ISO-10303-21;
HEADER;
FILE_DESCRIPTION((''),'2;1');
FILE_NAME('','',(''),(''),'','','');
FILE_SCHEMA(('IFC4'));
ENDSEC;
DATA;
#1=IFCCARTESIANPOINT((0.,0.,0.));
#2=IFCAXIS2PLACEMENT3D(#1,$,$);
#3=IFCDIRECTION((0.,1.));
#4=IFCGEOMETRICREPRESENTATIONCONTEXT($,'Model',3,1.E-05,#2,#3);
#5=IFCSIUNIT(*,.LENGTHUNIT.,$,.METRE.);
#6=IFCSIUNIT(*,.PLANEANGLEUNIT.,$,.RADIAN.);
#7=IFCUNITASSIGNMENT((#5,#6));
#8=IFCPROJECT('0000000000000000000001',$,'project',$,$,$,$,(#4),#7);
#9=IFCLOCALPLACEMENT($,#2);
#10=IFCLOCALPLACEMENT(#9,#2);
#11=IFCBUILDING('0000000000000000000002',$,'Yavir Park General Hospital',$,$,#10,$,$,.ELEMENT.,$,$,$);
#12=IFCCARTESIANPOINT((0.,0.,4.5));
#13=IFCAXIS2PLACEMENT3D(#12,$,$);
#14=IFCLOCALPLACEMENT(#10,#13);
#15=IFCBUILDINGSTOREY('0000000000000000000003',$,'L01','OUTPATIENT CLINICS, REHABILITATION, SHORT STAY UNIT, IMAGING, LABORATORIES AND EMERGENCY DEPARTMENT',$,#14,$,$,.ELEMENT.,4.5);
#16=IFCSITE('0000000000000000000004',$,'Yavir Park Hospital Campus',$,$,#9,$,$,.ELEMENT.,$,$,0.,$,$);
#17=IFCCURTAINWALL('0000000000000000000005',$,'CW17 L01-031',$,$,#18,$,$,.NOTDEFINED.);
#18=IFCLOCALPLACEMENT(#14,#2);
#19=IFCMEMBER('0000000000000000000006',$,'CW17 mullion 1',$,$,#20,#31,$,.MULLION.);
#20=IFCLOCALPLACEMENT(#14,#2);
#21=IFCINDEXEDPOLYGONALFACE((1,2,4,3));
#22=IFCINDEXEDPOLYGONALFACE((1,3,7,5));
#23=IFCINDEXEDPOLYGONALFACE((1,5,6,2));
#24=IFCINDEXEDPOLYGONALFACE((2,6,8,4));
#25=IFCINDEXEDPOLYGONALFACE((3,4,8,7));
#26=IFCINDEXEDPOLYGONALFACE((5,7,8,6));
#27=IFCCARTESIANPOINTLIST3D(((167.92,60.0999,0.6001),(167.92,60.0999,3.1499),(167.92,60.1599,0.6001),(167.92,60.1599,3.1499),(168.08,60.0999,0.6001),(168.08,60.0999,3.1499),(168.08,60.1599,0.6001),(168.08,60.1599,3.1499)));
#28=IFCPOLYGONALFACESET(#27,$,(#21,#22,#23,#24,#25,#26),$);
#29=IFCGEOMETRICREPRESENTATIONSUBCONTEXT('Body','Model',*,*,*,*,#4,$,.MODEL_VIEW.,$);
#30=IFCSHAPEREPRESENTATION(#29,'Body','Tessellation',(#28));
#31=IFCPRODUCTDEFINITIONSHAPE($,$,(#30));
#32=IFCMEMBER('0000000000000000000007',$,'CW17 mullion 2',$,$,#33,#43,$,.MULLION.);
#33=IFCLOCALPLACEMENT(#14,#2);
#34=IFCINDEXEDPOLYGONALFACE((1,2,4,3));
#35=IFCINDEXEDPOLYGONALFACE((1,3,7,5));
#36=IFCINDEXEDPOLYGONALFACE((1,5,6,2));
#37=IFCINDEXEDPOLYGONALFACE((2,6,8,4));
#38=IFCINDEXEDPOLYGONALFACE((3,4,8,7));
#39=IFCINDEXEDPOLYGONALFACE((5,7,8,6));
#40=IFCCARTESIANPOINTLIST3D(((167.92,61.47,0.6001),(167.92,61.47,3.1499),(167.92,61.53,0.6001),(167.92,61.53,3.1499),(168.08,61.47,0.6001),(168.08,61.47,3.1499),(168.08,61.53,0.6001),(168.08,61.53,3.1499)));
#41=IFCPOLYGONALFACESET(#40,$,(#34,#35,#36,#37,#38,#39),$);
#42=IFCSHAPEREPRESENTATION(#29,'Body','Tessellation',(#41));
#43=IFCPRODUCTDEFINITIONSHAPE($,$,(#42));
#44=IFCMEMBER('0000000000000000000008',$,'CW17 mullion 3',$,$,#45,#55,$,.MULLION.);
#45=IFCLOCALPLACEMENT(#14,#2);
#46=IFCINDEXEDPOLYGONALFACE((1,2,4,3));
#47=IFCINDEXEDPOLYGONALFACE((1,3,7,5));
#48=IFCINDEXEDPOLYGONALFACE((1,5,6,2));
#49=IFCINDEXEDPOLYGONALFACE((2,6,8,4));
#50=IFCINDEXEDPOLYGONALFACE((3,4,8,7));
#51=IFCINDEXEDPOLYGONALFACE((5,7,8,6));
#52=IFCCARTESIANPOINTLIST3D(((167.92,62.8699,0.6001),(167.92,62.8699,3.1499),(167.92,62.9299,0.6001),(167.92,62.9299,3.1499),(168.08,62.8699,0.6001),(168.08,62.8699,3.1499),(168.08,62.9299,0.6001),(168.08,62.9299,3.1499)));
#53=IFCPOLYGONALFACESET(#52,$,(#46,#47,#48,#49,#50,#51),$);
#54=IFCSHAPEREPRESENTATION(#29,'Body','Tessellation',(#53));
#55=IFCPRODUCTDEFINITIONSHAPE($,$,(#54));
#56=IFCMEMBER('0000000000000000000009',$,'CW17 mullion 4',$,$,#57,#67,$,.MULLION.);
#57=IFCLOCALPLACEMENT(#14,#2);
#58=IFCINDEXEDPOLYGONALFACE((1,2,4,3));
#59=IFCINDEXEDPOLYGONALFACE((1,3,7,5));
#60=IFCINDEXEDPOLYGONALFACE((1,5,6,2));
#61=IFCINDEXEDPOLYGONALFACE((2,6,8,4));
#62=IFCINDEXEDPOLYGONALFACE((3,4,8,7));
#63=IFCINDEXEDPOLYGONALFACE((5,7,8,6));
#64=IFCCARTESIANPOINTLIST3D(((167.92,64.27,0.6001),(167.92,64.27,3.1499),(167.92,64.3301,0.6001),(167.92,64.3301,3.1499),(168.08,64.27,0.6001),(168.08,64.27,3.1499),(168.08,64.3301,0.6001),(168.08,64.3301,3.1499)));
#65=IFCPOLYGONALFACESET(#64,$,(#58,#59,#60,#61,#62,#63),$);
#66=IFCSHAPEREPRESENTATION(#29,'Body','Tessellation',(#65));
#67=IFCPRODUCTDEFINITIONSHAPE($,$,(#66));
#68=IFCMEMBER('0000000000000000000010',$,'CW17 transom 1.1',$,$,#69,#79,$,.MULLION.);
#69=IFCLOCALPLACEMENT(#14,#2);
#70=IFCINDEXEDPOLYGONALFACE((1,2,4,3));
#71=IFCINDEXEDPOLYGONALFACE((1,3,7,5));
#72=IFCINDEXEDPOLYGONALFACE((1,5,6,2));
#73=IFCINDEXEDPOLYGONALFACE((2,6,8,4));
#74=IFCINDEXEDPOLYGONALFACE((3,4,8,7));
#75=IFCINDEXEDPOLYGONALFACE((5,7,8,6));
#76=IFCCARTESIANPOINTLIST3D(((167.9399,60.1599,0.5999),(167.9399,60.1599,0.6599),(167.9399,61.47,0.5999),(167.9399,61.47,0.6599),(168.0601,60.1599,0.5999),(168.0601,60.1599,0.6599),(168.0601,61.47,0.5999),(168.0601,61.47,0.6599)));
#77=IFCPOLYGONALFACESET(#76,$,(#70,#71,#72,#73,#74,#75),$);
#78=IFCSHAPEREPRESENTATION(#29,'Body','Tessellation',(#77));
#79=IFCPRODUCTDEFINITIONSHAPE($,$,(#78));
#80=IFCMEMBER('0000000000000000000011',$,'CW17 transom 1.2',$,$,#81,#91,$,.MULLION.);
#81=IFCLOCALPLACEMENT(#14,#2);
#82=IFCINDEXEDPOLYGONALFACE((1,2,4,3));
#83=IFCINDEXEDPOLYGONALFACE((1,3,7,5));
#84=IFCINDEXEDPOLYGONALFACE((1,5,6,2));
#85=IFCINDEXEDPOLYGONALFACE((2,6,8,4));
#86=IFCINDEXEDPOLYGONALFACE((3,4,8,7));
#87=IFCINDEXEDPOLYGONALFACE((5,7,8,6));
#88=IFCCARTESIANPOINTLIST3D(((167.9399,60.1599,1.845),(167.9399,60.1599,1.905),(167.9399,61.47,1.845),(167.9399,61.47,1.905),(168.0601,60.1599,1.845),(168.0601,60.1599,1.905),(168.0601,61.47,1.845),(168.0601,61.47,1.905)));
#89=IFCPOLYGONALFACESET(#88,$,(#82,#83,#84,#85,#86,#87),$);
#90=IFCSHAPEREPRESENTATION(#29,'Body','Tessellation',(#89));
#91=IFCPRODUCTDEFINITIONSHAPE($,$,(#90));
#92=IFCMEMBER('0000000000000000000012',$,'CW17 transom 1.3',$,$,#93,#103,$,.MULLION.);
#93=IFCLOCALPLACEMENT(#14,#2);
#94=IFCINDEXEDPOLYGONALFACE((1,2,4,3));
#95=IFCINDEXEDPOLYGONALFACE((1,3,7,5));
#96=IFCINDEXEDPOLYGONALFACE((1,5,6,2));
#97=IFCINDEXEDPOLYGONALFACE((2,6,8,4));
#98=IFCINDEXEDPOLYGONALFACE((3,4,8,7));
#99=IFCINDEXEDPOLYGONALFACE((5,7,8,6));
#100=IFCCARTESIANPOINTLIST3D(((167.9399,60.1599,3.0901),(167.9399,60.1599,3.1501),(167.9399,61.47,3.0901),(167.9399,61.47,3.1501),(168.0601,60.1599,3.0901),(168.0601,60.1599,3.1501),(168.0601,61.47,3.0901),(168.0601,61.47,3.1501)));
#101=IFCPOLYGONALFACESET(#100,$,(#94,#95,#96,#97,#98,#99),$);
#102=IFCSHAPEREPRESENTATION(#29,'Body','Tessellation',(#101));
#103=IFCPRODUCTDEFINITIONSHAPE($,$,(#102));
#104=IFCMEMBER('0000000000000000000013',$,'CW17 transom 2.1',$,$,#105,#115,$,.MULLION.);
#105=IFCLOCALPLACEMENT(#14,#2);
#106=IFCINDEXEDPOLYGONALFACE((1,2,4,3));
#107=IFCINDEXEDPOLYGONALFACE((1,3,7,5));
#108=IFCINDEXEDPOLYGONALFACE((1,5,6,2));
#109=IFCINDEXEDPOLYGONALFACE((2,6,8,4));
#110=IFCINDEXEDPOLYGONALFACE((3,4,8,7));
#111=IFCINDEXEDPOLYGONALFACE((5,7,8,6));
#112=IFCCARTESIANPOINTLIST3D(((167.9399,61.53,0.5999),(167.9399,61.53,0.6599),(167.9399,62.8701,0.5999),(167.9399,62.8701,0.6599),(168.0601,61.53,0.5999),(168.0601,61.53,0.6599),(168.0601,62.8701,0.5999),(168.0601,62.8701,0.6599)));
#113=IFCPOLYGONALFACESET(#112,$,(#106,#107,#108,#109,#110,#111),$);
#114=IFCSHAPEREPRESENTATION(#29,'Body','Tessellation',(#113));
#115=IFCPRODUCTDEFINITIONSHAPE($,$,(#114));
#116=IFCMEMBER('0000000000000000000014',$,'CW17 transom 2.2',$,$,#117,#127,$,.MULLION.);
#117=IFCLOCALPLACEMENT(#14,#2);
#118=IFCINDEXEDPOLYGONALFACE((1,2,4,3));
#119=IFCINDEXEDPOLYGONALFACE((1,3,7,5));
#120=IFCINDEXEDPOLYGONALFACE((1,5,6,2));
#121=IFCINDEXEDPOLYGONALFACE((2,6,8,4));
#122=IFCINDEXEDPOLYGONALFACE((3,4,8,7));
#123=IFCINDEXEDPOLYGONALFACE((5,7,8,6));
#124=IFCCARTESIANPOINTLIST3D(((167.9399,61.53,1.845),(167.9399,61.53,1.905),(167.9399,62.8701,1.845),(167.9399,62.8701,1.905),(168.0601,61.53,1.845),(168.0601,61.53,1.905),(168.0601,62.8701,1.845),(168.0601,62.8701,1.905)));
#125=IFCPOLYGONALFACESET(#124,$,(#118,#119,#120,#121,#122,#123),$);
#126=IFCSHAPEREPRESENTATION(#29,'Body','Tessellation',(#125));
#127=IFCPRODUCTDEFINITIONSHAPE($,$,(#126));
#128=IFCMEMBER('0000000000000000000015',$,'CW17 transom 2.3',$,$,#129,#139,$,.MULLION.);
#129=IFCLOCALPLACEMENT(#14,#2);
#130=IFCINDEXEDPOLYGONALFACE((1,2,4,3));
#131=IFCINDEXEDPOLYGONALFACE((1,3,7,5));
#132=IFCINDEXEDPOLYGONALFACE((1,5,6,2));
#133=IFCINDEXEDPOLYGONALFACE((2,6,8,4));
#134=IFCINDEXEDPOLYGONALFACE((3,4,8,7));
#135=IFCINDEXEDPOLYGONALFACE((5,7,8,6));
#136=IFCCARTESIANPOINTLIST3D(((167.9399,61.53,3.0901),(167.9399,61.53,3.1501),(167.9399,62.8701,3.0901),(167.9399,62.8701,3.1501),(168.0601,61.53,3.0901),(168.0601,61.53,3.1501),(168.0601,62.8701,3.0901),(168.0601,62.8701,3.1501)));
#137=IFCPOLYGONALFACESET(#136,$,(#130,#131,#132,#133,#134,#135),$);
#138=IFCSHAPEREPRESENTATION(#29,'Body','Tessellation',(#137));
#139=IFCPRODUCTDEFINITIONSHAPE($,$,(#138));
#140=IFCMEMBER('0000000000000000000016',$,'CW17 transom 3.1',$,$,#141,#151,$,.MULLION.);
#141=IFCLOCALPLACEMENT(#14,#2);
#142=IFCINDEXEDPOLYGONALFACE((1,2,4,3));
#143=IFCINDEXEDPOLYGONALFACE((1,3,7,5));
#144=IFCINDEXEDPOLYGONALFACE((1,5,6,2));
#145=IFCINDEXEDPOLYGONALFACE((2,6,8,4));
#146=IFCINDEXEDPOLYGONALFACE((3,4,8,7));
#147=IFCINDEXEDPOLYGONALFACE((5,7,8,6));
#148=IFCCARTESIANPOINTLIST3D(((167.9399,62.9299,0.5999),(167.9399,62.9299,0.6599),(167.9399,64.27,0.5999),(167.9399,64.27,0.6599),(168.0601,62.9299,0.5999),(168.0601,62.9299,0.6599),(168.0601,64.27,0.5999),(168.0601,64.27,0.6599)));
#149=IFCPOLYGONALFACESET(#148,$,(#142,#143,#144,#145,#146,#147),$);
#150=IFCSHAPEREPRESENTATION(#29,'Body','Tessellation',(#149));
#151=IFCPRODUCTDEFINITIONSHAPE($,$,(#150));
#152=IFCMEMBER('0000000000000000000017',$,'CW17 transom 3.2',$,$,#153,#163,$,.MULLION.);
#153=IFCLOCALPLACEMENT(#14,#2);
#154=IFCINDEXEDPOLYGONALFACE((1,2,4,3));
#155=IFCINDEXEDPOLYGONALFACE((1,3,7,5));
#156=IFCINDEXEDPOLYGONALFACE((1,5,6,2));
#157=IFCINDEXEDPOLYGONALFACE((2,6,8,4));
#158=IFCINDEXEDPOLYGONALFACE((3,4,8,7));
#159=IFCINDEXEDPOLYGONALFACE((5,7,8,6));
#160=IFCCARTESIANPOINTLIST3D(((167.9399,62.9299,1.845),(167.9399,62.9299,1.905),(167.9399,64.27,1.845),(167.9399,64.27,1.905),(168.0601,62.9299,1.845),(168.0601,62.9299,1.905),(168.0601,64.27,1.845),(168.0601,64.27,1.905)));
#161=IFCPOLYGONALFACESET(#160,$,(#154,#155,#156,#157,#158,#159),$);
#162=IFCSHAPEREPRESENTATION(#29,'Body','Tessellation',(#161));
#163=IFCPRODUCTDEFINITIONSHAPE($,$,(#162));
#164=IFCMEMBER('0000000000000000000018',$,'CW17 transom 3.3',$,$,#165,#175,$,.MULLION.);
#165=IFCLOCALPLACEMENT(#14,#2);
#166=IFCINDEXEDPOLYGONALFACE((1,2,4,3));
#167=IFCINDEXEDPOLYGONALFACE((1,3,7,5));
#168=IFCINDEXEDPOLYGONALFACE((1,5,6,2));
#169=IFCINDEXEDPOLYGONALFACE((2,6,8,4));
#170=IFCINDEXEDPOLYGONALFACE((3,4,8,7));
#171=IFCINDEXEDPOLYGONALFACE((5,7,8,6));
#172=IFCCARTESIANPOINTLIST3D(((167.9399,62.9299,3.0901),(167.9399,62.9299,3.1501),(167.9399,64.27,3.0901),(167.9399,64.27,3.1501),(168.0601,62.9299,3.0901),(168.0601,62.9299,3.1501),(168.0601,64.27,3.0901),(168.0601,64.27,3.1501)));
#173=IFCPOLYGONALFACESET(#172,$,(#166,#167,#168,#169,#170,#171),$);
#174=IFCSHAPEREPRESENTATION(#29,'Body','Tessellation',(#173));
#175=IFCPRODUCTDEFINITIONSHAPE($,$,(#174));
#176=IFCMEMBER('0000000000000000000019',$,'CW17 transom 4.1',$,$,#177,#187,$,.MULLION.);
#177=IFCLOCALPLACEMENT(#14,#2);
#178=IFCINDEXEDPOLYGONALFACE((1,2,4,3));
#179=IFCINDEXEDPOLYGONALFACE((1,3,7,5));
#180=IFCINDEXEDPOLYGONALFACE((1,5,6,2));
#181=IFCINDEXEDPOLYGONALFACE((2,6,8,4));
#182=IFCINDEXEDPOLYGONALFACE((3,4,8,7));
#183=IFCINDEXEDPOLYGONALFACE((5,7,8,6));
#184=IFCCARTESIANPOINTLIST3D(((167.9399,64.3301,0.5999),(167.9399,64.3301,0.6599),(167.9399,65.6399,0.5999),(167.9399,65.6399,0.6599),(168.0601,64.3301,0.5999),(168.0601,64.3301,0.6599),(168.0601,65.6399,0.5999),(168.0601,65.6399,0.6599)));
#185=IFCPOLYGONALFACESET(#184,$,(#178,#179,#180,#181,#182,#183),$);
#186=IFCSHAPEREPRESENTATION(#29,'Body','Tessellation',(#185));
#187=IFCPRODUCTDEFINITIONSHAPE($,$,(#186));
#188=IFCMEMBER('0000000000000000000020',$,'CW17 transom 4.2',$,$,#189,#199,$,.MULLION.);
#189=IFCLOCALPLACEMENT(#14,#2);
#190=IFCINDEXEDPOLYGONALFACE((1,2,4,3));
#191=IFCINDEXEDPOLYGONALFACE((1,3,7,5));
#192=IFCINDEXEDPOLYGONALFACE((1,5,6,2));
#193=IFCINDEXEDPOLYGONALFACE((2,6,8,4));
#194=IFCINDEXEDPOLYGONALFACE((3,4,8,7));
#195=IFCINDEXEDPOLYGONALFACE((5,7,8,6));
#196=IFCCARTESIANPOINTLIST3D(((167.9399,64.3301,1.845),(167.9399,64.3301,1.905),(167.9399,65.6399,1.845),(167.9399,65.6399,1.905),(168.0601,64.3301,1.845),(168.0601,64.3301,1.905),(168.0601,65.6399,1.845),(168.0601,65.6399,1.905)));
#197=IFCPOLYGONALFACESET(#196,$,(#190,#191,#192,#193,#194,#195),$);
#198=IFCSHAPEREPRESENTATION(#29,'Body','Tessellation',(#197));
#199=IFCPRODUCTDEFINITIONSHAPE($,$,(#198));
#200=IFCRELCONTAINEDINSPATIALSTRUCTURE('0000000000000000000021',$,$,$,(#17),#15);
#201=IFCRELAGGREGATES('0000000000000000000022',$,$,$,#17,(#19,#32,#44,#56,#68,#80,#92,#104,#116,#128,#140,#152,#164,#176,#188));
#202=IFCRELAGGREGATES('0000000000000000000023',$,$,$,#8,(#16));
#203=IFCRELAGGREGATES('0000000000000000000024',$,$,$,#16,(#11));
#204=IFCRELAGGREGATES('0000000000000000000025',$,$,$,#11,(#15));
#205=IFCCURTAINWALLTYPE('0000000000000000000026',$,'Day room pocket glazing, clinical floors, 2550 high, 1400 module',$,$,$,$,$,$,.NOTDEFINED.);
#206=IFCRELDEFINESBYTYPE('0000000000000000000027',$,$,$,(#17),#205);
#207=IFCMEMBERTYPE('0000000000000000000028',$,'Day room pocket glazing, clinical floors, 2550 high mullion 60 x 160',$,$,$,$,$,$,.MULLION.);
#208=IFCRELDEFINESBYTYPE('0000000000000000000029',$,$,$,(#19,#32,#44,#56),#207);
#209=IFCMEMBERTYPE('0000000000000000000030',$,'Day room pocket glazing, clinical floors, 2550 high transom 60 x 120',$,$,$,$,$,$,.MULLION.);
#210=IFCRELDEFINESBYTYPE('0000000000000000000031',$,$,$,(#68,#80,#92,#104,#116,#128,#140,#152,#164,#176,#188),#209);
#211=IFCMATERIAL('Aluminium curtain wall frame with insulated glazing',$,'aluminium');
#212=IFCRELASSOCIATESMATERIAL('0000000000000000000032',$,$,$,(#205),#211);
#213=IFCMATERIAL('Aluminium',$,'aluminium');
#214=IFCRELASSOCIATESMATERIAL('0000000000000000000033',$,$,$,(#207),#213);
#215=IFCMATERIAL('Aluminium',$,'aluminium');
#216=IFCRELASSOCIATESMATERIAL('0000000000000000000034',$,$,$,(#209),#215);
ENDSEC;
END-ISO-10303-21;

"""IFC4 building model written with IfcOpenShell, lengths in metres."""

from ifc_helpers import new_model, si_unit, direction, frame, origin, origin_2d, place, context, subcontext, project, spatial, rectangle, extrude, material, material_profile, profile_set, type_object, element, aggregate, save


model = new_model("IFC4")

# Units and contexts
model_context = context("Model", 3, precision=1e-05, world=origin(), true_north=direction((0.0, 1.0)))
body_context = subcontext(model_context, "Body", "Model", "MODEL_VIEW")
ifc_project = project(units=[si_unit("LENGTHUNIT", "METRE"), si_unit("PLANEANGLEUNIT", "RADIAN")], contexts=[model_context])

# Site, building, storey
site_placement = place(None, origin())
site = spatial("IfcSite", under=ifc_project, at=site_placement, Name="Yavir Park Hospital Campus", CompositionType="ELEMENT", RefElevation=0.0)
building_placement = place(site_placement, origin())
building = spatial("IfcBuilding", under=site, at=building_placement, Name="Yavir Park General Hospital", CompositionType="ELEMENT")
storey_placement = place(building_placement, frame((0.0, 0.0, 4.5)))
storey = spatial("IfcBuildingStorey", under=building, at=storey_placement, Name="L01", Description="OUTPATIENT CLINICS, REHABILITATION, SHORT STAY UNIT, IMAGING, LABORATORIES AND EMERGENCY DEPARTMENT", CompositionType="ELEMENT", Elevation=4.5)

# Curtain wall, members
ifc_material_1 = material(Name="Aluminium curtain wall frame with insulated glazing", Category="aluminium")
curtain_wall_type = type_object("IfcCurtainWallType", Name="Day room pocket glazing, clinical floors, 2550 high, 1400 module", PredefinedType="NOTDEFINED", material=ifc_material_1)
curtain_wall_placement = place(storey_placement, origin())
curtain_wall = element("IfcCurtainWall", 1, at=curtain_wall_placement, inside=storey, type_object=curtain_wall_type, Name="CW17 L01-031", PredefinedType="NOTDEFINED")
ifc_material_2 = material(Name="Aluminium", Category="aluminium")
ifc_material_profile_1 = material_profile(ifc_material_2, rectangle(XDim=0.1599, YDim=0.0601, at=origin_2d()), Name="AL 60x160")
ifc_profile_set_1 = profile_set([ifc_material_profile_1], Name="Aluminium")
member_type_1 = type_object("IfcMemberType", Name="Day room pocket glazing, clinical floors, 2550 high mullion 60 x 160", PredefinedType="MULLION", material=ifc_profile_set_1)
member_1_placement = place(storey_placement, frame((168.0, 60.1299, 0.6001), z_axis=(0.0, 0.0, 1.0), x_axis=(-1.0, 0.0, 0.0)))
member_1 = element("IfcMember", 2, at=member_1_placement, type_object=member_type_1, Name="CW17 mullion 1", PredefinedType="MULLION", context=body_context, shape_type="SweptSolid", body=[
    extrude(rectangle(XDim=0.1599, YDim=0.0601, at=origin_2d()), origin(), (0.0, 0.0, 1.0), 2.5498),
])
member_2_placement = place(storey_placement, frame((168.0, 61.5, 0.6001), z_axis=(0.0, 0.0, 1.0), x_axis=(-1.0, 0.0, 0.0)))
member_2 = element("IfcMember", 3, at=member_2_placement, type_object=member_type_1, Name="CW17 mullion 2", PredefinedType="MULLION", context=body_context, shape_type="SweptSolid", body=[
    extrude(rectangle(XDim=0.1599, YDim=0.0601, at=origin_2d()), origin(), (0.0, 0.0, 1.0), 2.5498),
])
member_3_placement = place(storey_placement, frame((168.0, 62.8999, 0.6001), z_axis=(0.0, 0.0, 1.0), x_axis=(-1.0, 0.0, 0.0)))
member_3 = element("IfcMember", 4, at=member_3_placement, type_object=member_type_1, Name="CW17 mullion 3", PredefinedType="MULLION", context=body_context, shape_type="SweptSolid", body=[
    extrude(rectangle(XDim=0.1599, YDim=0.0601, at=origin_2d()), origin(), (0.0, 0.0, 1.0), 2.5498),
])
member_4_placement = place(storey_placement, frame((168.0, 64.3, 0.6001), z_axis=(0.0, 0.0, 1.0), x_axis=(-1.0, 0.0, 0.0)))
member_4 = element("IfcMember", 5, at=member_4_placement, type_object=member_type_1, Name="CW17 mullion 4", PredefinedType="MULLION", context=body_context, shape_type="SweptSolid", body=[
    extrude(rectangle(XDim=0.1599, YDim=0.0601, at=origin_2d()), origin(), (0.0, 0.0, 1.0), 2.5498),
])
ifc_material_3 = material(Name="Aluminium", Category="aluminium")
ifc_material_profile_2 = material_profile(ifc_material_3, rectangle(XDim=0.1201, YDim=0.0601, at=origin_2d()), Name="AL 120x60")
ifc_profile_set_2 = profile_set([ifc_material_profile_2], Name="Aluminium")
member_type_2 = type_object("IfcMemberType", Name="Day room pocket glazing, clinical floors, 2550 high transom 60 x 120", PredefinedType="MULLION", material=ifc_profile_set_2)
member_5_placement = place(storey_placement, frame((168.0, 60.1599, 0.6299), z_axis=(0.0, 1.0, 0.0), x_axis=(-1.0, 0.0, 0.0)))
member_5 = element("IfcMember", 6, at=member_5_placement, type_object=member_type_2, Name="CW17 transom 1.1", PredefinedType="MULLION", context=body_context, shape_type="SweptSolid", body=[
    extrude(rectangle(XDim=0.1201, YDim=0.0601, at=origin_2d()), origin(), (0.0, 0.0, 1.0), 1.3101),
])
member_6_placement = place(storey_placement, frame((168.0, 60.1599, 1.875), z_axis=(0.0, 1.0, 0.0), x_axis=(-1.0, 0.0, 0.0)))
member_6 = element("IfcMember", 7, at=member_6_placement, type_object=member_type_2, Name="CW17 transom 1.2", PredefinedType="MULLION", context=body_context, shape_type="SweptSolid", body=[
    extrude(rectangle(XDim=0.1201, YDim=0.0601, at=origin_2d()), origin(), (0.0, 0.0, 1.0), 1.3101),
])
member_7_placement = place(storey_placement, frame((168.0, 60.1599, 3.1201), z_axis=(0.0, 1.0, 0.0), x_axis=(-1.0, 0.0, 0.0)))
member_7 = element("IfcMember", 8, at=member_7_placement, type_object=member_type_2, Name="CW17 transom 1.3", PredefinedType="MULLION", context=body_context, shape_type="SweptSolid", body=[
    extrude(rectangle(XDim=0.1201, YDim=0.0601, at=origin_2d()), origin(), (0.0, 0.0, 1.0), 1.3101),
])
member_8_placement = place(storey_placement, frame((168.0, 61.53, 0.6299), z_axis=(0.0, 1.0, 0.0), x_axis=(-1.0, 0.0, 0.0)))
member_8 = element("IfcMember", 9, at=member_8_placement, type_object=member_type_2, Name="CW17 transom 2.1", PredefinedType="MULLION", context=body_context, shape_type="SweptSolid", body=[
    extrude(rectangle(XDim=0.1201, YDim=0.0601, at=origin_2d()), origin(), (0.0, 0.0, 1.0), 1.3401),
])
member_9_placement = place(storey_placement, frame((168.0, 61.53, 1.875), z_axis=(0.0, 1.0, 0.0), x_axis=(-1.0, 0.0, 0.0)))
member_9 = element("IfcMember", 10, at=member_9_placement, type_object=member_type_2, Name="CW17 transom 2.2", PredefinedType="MULLION", context=body_context, shape_type="SweptSolid", body=[
    extrude(rectangle(XDim=0.1201, YDim=0.0601, at=origin_2d()), origin(), (0.0, 0.0, 1.0), 1.3401),
])
member_10_placement = place(storey_placement, frame((168.0, 61.53, 3.1201), z_axis=(0.0, 1.0, 0.0), x_axis=(-1.0, 0.0, 0.0)))
member_10 = element("IfcMember", 11, at=member_10_placement, type_object=member_type_2, Name="CW17 transom 2.3", PredefinedType="MULLION", context=body_context, shape_type="SweptSolid", body=[
    extrude(rectangle(XDim=0.1201, YDim=0.0601, at=origin_2d()), origin(), (0.0, 0.0, 1.0), 1.3401),
])
member_11_placement = place(storey_placement, frame((168.0, 62.9299, 0.6299), z_axis=(0.0, 1.0, 0.0), x_axis=(-1.0, 0.0, 0.0)))
member_11 = element("IfcMember", 12, at=member_11_placement, type_object=member_type_2, Name="CW17 transom 3.1", PredefinedType="MULLION", context=body_context, shape_type="SweptSolid", body=[
    extrude(rectangle(XDim=0.1201, YDim=0.0601, at=origin_2d()), origin(), (0.0, 0.0, 1.0), 1.3401),
])
member_12_placement = place(storey_placement, frame((168.0, 62.9299, 1.875), z_axis=(0.0, 1.0, 0.0), x_axis=(-1.0, 0.0, 0.0)))
member_12 = element("IfcMember", 13, at=member_12_placement, type_object=member_type_2, Name="CW17 transom 3.2", PredefinedType="MULLION", context=body_context, shape_type="SweptSolid", body=[
    extrude(rectangle(XDim=0.1201, YDim=0.0601, at=origin_2d()), origin(), (0.0, 0.0, 1.0), 1.3401),
])
member_13_placement = place(storey_placement, frame((168.0, 62.9299, 3.1201), z_axis=(0.0, 1.0, 0.0), x_axis=(-1.0, 0.0, 0.0)))
member_13 = element("IfcMember", 14, at=member_13_placement, type_object=member_type_2, Name="CW17 transom 3.3", PredefinedType="MULLION", context=body_context, shape_type="SweptSolid", body=[
    extrude(rectangle(XDim=0.1201, YDim=0.0601, at=origin_2d()), origin(), (0.0, 0.0, 1.0), 1.3401),
])
member_14_placement = place(storey_placement, frame((168.0, 64.3301, 0.6299), z_axis=(0.0, 1.0, 0.0), x_axis=(-1.0, 0.0, 0.0)))
member_14 = element("IfcMember", 15, at=member_14_placement, type_object=member_type_2, Name="CW17 transom 4.1", PredefinedType="MULLION", context=body_context, shape_type="SweptSolid", body=[
    extrude(rectangle(XDim=0.1201, YDim=0.0601, at=origin_2d()), origin(), (0.0, 0.0, 1.0), 1.3098),
])
member_15_placement = place(storey_placement, frame((168.0, 64.3301, 1.875), z_axis=(0.0, 1.0, 0.0), x_axis=(-1.0, 0.0, 0.0)))
member_15 = element("IfcMember", 16, at=member_15_placement, type_object=member_type_2, Name="CW17 transom 4.2", PredefinedType="MULLION", context=body_context, shape_type="SweptSolid", body=[
    extrude(rectangle(XDim=0.1201, YDim=0.0601, at=origin_2d()), origin(), (0.0, 0.0, 1.0), 1.3098),
])
aggregate(curtain_wall, [member_1, member_2, member_3, member_4, member_5, member_6, member_7, member_8, member_9, member_10, member_11, member_12, member_13, member_14, member_15])

save(model, "model.ifc")
